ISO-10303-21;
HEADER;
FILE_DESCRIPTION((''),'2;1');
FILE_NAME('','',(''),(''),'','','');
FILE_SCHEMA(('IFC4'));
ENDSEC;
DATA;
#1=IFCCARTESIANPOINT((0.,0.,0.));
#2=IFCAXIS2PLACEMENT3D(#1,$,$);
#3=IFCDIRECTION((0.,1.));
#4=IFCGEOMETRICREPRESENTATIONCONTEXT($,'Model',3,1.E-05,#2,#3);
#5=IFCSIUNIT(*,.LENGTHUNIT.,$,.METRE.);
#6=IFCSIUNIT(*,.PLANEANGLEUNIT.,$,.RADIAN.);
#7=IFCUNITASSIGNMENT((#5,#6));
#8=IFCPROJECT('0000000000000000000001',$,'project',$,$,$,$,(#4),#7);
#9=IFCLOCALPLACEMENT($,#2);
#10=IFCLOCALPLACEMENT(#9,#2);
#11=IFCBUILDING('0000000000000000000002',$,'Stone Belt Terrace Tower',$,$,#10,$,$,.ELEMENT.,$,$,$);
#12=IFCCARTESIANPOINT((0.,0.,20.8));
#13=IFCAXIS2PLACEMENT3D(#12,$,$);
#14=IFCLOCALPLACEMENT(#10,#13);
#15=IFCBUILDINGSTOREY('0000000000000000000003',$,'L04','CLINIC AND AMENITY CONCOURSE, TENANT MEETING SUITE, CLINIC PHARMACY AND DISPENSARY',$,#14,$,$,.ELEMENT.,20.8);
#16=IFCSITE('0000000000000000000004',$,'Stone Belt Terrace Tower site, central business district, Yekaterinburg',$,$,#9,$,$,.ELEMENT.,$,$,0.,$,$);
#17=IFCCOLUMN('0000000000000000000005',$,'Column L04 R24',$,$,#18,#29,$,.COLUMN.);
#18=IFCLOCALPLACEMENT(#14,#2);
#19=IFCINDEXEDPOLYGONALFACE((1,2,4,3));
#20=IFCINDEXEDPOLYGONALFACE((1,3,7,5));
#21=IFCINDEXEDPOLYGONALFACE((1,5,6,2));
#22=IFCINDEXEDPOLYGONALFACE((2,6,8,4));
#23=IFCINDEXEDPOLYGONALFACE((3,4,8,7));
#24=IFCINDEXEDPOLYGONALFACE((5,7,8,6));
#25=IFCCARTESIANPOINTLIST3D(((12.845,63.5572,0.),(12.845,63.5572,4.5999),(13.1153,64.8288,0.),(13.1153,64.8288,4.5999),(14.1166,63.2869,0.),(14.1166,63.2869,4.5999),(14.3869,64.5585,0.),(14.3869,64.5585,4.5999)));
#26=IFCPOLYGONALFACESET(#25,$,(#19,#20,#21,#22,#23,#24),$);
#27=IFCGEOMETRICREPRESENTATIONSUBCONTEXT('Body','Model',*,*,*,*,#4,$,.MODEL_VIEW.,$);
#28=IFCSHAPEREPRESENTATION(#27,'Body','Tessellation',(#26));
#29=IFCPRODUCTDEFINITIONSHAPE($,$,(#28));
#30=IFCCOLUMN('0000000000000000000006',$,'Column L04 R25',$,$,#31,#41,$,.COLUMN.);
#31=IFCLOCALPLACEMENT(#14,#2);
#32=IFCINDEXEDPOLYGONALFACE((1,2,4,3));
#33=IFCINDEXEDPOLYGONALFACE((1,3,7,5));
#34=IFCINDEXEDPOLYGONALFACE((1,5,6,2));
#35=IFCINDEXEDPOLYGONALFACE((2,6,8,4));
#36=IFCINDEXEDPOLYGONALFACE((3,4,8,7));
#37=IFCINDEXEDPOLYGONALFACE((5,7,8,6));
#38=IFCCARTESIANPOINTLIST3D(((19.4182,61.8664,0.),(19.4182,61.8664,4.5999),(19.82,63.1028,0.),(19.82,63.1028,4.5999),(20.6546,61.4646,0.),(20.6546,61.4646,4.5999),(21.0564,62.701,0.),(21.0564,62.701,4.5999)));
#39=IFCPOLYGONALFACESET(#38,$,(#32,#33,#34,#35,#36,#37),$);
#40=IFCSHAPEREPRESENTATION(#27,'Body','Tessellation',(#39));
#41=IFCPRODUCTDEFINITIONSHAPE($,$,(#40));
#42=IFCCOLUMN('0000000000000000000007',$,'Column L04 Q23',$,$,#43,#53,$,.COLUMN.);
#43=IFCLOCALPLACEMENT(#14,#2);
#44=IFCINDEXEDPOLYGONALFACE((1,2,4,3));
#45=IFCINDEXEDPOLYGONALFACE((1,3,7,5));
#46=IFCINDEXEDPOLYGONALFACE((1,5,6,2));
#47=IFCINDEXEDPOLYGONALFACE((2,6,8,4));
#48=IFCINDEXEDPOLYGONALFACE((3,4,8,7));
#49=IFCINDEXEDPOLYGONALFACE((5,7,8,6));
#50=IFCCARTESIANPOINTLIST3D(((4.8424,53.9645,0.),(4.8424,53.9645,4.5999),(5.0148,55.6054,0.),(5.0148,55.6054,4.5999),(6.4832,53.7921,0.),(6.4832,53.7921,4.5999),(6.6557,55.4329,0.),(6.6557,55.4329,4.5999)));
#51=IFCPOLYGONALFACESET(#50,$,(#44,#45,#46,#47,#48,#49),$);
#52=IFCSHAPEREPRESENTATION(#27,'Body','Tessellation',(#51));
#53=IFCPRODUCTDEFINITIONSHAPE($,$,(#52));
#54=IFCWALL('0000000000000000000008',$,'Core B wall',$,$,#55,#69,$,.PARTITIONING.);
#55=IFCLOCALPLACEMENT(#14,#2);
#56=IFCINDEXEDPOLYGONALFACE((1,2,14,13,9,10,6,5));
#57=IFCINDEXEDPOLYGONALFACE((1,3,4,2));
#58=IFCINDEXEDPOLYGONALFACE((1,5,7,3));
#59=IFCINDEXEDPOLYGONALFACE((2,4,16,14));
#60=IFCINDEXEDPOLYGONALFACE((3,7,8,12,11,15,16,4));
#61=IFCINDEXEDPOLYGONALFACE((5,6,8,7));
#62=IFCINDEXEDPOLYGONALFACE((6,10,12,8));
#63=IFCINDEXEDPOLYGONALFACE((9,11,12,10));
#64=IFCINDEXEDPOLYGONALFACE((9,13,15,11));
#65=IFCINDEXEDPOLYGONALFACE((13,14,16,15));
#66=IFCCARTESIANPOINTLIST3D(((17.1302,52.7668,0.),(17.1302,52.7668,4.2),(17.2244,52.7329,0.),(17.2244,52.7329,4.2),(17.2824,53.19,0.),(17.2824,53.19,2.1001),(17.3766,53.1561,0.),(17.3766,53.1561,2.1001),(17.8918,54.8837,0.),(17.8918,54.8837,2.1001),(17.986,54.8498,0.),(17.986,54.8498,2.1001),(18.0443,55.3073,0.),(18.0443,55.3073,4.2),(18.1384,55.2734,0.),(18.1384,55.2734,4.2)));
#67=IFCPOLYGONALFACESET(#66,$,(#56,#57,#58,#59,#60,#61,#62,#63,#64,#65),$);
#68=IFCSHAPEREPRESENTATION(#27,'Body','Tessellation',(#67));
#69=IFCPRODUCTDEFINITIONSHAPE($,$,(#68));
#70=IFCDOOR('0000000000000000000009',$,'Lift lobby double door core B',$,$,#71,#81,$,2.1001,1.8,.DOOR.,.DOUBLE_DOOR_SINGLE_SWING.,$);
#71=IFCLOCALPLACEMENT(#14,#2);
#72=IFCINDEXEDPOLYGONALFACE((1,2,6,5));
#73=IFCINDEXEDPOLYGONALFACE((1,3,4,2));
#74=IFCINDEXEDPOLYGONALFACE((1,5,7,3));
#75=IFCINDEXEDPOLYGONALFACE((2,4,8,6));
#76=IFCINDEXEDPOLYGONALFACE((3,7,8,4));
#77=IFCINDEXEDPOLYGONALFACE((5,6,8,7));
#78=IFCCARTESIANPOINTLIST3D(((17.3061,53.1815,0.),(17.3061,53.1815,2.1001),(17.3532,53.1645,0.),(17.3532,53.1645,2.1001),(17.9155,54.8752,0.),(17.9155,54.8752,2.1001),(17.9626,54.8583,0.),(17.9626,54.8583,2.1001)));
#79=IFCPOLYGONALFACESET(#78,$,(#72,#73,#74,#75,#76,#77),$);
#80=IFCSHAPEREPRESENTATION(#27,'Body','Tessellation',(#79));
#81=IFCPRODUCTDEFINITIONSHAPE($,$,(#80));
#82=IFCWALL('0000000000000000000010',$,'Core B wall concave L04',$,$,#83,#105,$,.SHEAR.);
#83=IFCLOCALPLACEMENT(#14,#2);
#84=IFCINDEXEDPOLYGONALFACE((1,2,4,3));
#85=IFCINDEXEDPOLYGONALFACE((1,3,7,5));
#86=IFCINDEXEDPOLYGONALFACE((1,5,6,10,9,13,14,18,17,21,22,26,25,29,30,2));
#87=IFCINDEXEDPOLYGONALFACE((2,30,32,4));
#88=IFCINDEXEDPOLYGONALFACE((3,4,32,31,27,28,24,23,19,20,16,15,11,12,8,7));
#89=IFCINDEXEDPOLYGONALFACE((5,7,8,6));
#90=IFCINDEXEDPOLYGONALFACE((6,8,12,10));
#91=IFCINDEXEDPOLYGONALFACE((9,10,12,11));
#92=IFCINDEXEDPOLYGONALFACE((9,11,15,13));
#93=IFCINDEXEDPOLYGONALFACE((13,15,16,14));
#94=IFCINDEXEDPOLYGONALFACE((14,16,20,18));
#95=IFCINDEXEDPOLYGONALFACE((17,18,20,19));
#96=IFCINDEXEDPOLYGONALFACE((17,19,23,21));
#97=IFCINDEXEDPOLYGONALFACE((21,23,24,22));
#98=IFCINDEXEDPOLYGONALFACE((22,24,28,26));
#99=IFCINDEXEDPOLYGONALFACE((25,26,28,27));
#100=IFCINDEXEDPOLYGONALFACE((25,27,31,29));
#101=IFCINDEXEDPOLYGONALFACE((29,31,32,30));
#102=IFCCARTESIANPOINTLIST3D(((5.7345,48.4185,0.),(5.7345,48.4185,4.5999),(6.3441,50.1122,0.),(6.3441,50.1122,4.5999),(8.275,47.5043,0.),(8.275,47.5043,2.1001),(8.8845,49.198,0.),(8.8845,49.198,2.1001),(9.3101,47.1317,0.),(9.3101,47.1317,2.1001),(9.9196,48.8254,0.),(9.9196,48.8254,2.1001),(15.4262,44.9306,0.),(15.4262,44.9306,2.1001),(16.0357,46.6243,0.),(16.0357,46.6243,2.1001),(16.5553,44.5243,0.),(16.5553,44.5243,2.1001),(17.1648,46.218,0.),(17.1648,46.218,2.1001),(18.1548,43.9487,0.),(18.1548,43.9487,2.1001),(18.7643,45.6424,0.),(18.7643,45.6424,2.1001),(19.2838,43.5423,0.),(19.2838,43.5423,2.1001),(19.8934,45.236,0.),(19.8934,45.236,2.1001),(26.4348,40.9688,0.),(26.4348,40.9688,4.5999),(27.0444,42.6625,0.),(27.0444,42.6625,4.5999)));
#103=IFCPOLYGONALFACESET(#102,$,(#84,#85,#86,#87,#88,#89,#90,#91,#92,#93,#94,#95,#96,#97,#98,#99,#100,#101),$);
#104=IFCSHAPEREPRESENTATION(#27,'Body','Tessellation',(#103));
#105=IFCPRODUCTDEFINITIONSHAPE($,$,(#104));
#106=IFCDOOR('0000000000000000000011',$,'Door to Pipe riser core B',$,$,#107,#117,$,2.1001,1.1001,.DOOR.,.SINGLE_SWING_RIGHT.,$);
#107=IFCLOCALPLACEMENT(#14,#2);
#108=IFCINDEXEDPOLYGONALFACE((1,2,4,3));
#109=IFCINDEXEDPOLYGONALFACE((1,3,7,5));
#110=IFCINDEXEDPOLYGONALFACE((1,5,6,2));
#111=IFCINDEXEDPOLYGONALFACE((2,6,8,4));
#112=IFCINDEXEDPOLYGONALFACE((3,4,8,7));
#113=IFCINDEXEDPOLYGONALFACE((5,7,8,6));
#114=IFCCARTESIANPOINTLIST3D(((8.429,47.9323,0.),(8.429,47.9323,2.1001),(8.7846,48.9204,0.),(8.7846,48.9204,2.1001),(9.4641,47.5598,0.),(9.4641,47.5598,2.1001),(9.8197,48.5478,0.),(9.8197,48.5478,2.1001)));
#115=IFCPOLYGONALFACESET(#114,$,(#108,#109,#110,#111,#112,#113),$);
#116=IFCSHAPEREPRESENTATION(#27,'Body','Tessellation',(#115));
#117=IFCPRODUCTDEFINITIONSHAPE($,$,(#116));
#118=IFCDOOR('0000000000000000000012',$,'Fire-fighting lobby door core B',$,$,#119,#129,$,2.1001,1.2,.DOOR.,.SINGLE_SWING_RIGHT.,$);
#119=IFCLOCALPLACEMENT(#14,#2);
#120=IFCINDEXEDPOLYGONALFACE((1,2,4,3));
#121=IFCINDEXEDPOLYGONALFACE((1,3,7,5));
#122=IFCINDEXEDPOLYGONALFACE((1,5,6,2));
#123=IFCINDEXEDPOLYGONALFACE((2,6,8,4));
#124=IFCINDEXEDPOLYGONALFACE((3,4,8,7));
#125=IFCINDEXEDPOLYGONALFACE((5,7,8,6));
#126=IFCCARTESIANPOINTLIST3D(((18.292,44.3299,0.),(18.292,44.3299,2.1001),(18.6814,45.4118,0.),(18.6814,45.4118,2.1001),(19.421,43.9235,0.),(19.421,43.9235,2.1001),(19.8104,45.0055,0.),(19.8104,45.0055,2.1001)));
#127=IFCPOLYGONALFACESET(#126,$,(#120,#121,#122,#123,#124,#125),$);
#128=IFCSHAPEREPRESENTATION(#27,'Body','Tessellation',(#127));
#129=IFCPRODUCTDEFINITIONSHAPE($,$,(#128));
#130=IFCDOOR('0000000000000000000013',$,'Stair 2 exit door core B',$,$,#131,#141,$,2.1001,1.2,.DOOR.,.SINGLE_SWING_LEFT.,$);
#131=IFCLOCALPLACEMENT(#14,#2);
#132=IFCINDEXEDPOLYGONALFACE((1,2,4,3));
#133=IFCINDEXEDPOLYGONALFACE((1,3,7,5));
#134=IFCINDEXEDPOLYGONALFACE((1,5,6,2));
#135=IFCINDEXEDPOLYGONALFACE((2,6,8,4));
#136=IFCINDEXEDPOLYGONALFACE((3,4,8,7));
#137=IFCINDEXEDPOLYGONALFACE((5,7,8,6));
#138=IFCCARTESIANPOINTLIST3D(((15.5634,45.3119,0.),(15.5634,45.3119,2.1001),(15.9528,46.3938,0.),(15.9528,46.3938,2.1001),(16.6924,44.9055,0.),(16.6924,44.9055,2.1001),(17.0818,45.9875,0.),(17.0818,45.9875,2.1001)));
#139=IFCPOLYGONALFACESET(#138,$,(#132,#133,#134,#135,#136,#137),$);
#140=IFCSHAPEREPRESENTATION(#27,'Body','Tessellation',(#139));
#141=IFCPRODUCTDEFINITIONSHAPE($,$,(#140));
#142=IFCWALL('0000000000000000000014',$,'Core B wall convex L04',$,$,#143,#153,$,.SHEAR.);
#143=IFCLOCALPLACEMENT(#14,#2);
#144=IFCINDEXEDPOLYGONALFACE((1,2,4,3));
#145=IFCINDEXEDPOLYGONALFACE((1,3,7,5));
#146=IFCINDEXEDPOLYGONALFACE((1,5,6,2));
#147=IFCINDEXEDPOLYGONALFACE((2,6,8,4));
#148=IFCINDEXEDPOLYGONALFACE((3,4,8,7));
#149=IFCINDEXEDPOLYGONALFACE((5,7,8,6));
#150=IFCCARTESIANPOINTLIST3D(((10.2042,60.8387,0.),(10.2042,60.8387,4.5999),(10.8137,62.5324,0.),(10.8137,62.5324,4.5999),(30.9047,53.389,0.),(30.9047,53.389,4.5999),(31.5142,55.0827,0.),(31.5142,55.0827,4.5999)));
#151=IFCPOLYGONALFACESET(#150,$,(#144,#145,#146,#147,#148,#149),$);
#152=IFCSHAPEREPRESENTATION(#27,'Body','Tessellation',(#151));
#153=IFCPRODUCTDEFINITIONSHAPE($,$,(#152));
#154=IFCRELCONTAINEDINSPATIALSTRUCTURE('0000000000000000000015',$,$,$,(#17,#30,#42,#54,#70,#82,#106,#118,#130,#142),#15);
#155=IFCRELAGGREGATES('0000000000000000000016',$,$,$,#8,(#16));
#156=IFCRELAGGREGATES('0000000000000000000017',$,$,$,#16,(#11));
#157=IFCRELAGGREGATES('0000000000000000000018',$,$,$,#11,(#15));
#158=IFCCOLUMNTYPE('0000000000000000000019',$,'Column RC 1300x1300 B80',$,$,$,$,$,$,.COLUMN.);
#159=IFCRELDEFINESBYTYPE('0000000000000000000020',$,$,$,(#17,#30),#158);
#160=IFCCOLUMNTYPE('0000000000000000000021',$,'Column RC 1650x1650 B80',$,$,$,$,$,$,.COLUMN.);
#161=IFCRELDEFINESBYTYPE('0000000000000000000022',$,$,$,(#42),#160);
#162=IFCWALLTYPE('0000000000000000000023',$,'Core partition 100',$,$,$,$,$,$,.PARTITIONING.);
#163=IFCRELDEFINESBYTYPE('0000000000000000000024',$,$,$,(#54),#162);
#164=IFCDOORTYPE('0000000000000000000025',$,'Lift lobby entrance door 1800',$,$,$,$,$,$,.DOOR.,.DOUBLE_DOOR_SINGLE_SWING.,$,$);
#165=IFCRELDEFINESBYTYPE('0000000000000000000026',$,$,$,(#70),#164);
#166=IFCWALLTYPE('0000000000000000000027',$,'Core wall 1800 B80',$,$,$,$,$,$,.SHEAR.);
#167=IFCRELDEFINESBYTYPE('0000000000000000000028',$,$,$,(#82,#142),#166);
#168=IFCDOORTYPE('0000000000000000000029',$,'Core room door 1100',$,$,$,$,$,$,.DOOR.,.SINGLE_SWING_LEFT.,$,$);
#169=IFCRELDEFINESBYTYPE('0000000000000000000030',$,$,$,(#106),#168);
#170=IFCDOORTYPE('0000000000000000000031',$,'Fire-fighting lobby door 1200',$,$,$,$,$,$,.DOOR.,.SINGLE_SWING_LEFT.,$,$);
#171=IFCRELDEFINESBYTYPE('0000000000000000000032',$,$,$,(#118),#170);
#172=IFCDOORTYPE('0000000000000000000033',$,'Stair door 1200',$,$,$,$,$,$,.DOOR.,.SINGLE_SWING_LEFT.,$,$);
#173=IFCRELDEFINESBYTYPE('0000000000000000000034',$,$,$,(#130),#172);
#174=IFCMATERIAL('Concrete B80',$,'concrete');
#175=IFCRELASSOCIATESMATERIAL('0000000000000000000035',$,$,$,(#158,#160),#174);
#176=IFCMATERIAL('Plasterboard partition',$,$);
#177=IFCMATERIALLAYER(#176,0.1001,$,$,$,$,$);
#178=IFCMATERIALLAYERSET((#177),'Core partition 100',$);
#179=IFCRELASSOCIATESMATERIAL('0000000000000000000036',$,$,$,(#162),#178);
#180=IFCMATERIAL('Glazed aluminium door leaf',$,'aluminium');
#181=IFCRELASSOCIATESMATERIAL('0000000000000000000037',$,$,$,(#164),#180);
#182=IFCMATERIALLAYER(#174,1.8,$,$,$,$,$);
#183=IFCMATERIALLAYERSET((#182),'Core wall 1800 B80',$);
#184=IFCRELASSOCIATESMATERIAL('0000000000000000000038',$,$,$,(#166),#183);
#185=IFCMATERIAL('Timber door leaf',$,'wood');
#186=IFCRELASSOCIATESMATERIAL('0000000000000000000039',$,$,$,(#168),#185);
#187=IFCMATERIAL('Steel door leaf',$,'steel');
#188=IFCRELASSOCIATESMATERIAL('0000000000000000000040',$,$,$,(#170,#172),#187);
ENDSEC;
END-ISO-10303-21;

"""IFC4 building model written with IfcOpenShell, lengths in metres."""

from ifc_helpers import new_model, si_unit, direction, frame, frame_2d, origin, origin_2d, place, context, subcontext, project, spatial, rectangle, extrude, material, layer, layer_set, material_profile, profile_set, type_object, element, fill, save


model = new_model("IFC4")

# Units and contexts
model_context = context("Model", 3, precision=1e-05, world=origin(), true_north=direction((0.0, 1.0)))
body_context = subcontext(model_context, "Body", "Model", "MODEL_VIEW")
ifc_project = project(units=[si_unit("LENGTHUNIT", "METRE"), si_unit("PLANEANGLEUNIT", "RADIAN")], contexts=[model_context])

# Site, building, storey
site_placement = place(None, origin())
site = spatial("IfcSite", under=ifc_project, at=site_placement, Name="Stone Belt Terrace Tower site, central business district, Yekaterinburg", CompositionType="ELEMENT", RefElevation=0.0)
building_placement = place(site_placement, origin())
building = spatial("IfcBuilding", under=site, at=building_placement, Name="Stone Belt Terrace Tower", CompositionType="ELEMENT")
storey_placement = place(building_placement, frame((0.0, 0.0, 20.8)))
storey = spatial("IfcBuildingStorey", under=building, at=storey_placement, Name="L04", Description="CLINIC AND AMENITY CONCOURSE, TENANT MEETING SUITE, CLINIC PHARMACY AND DISPENSARY", CompositionType="ELEMENT", Elevation=20.8)

# Columns
ifc_material_1 = material(Name="Concrete B80", Category="concrete")
ifc_material_profile_1 = material_profile(ifc_material_1, rectangle(XDim=1.3, YDim=1.3, at=origin_2d()), Name="RC 1300x1300")
ifc_profile_set_1 = profile_set([ifc_material_profile_1], Name="Concrete B80")
column_type_1 = type_object("IfcColumnType", Name="Column RC 1300x1300 B80", PredefinedType="COLUMN", material=ifc_profile_set_1)
for number, where, z_axis, x_axis, name in (
    (1, (13.616, 64.0579, 0.0), (0.0, 0.0, 1.0), (0.978148, -0.207912, 0.0), "Column L04 R24"),
    (2, (20.2373, 62.2837, 0.0), (0.0, 0.0, 1.0), (0.951057, -0.309017, 0.0), "Column L04 R25"),
):
    element("IfcColumn", number, at=place(storey_placement, frame(where, z_axis=z_axis, x_axis=x_axis)), inside=storey, type_object=column_type_1, Name=name, PredefinedType="COLUMN", context=body_context, shape_type="SweptSolid", body=[
        extrude(rectangle(XDim=1.3, YDim=1.3, at=origin_2d()), origin(), (0.0, 0.0, 1.0), 4.5999),
    ])
ifc_material_profile_2 = material_profile(ifc_material_1, rectangle(XDim=1.6499, YDim=1.6499, at=origin_2d()), Name="RC 1650x1650")
ifc_profile_set_2 = profile_set([ifc_material_profile_2], Name="Concrete B80")
column_type_2 = type_object("IfcColumnType", Name="Column RC 1650x1650 B80", PredefinedType="COLUMN", material=ifc_profile_set_2)
column_placement = place(storey_placement, frame((5.749, 54.6987, 0.0), z_axis=(0.0, 0.0, 1.0), x_axis=(0.994522, -0.104528, 0.0)))
element("IfcColumn", 3, at=column_placement, inside=storey, type_object=column_type_2, Name="Column L04 Q23", PredefinedType="COLUMN", context=body_context, shape_type="SweptSolid", body=[
    extrude(rectangle(XDim=1.6499, YDim=1.6499, at=origin_2d()), origin(), (0.0, 0.0, 1.0), 4.5999),
])

# Wall, opening, door
ifc_material_2 = material(Name="Plasterboard partition")
ifc_layer_1 = layer(ifc_material_2, 0.1001)
ifc_layer_set_1 = layer_set([ifc_layer_1], Name="Core partition 100")
wall_type_1 = type_object("IfcWallType", Name="Core partition 100", PredefinedType="PARTITIONING", material=ifc_layer_set_1)
wall_1_placement = place(storey_placement, frame((17.1772, 52.7498, 0.0), z_axis=(0.0, 0.0, 1.0), x_axis=(0.338547, 0.94095, 0.0)))
wall_1 = element("IfcWall", 4, at=wall_1_placement, inside=storey, type_object=wall_type_1, Name="Core B wall", PredefinedType="PARTITIONING", context=body_context, shape_type="SweptSolid", body=[
    extrude(rectangle(XDim=2.7, YDim=0.1001, at=frame_2d((1.3501, 0.0))), origin(), (0.0, 0.0, 1.0), 4.2),
])
opening_1_placement = place(wall_1_placement, frame((0.45, 0.0, 0.0)))
opening_1 = element("IfcOpeningElement", 5, at=opening_1_placement, cuts=wall_1, PredefinedType="OPENING", context=body_context, shape_type="SweptSolid", body=[
    extrude(rectangle(XDim=1.8, YDim=2.1001, at=frame_2d((0.8999, 1.05))), frame((0.0, 0.0601, 0.0), z_axis=(0.0, -1.0, 0.0), x_axis=(1.0, 0.0, 0.0)), (0.0, 0.0, 1.0), 0.1201),
])
ifc_material_3 = material(Name="Glazed aluminium door leaf", Category="aluminium")
door_type_1 = type_object("IfcDoorType", Name="Lift lobby entrance door 1800", OperationType="DOUBLE_DOOR_SINGLE_SWING", PredefinedType="DOOR", material=ifc_material_3)
door_1_placement = place(opening_1_placement, origin())
door_1 = element("IfcDoor", 6, at=door_1_placement, inside=storey, type_object=door_type_1, Name="Lift lobby double door core B", OperationType="DOUBLE_DOOR_SINGLE_SWING", OverallHeight=2.1001, OverallWidth=1.8, PredefinedType="DOOR", context=body_context, shape_type="SweptSolid", body=[
    extrude(rectangle(XDim=1.8, YDim=2.1001, at=frame_2d((0.8999, 1.05))), frame((0.0, 0.0249, 0.0), z_axis=(0.0, -1.0, 0.0), x_axis=(1.0, 0.0, 0.0)), (0.0, 0.0, 1.0), 0.05),
])
fill(opening_1, door_1)

# Wall, openings, doors
ifc_layer_2 = layer(ifc_material_1, 1.8)
ifc_layer_set_2 = layer_set([ifc_layer_2], Name="Core wall 1800 B80")
wall_type_2 = type_object("IfcWallType", Name="Core wall 1800 B80", PredefinedType="SHEAR", material=ifc_layer_set_2)
wall_2_placement = place(storey_placement, frame((6.0393, 49.2654, 0.0), z_axis=(0.0, 0.0, 1.0), x_axis=(0.940922, -0.338624, 0.0)))
wall_2 = element("IfcWall", 7, at=wall_2_placement, inside=storey, type_object=wall_type_2, Name="Core B wall concave L04", PredefinedType="SHEAR", context=body_context, shape_type="SweptSolid", body=[
    extrude(rectangle(XDim=22.0, YDim=1.8, at=frame_2d((11.0, 0.0))), origin(), (0.0, 0.0, 1.0), 4.5999),
])
opening_2_placement = place(wall_2_placement, frame((13.2, 0.0, 0.0)))
opening_2 = element("IfcOpeningElement", 8, at=opening_2_placement, cuts=wall_2, PredefinedType="OPENING", context=body_context, shape_type="SweptSolid", body=[
    extrude(rectangle(XDim=1.2, YDim=2.1001, at=frame_2d((0.6001, 1.05))), frame((0.0, 0.9099, 0.0), z_axis=(0.0, -1.0, 0.0), x_axis=(1.0, 0.0, 0.0)), (0.0, 0.0, 1.0), 1.8201),
])
opening_3_placement = place(wall_2_placement, frame((10.3, 0.0, 0.0)))
opening_3 = element("IfcOpeningElement", 9, at=opening_3_placement, cuts=wall_2, PredefinedType="OPENING", context=body_context, shape_type="SweptSolid", body=[
    extrude(rectangle(XDim=1.2, YDim=2.1001, at=frame_2d((0.6001, 1.05))), frame((0.0, 0.9099, 0.0), z_axis=(0.0, -1.0, 0.0), x_axis=(1.0, 0.0, 0.0)), (0.0, 0.0, 1.0), 1.8201),
])
opening_4_placement = place(wall_2_placement, frame((2.7, 0.0, 0.0)))
opening_4 = element("IfcOpeningElement", 10, at=opening_4_placement, cuts=wall_2, PredefinedType="OPENING", context=body_context, shape_type="SweptSolid", body=[
    extrude(rectangle(XDim=1.1001, YDim=2.1001, at=frame_2d((0.55, 1.05))), frame((0.0, 0.9099, 0.0), z_axis=(0.0, -1.0, 0.0), x_axis=(1.0, 0.0, 0.0)), (0.0, 0.0, 1.0), 1.8201),
])
ifc_material_4 = material(Name="Timber door leaf", Category="wood")
door_type_2 = type_object("IfcDoorType", Name="Core room door 1100", OperationType="SINGLE_SWING_LEFT", PredefinedType="DOOR", material=ifc_material_4)
door_2_placement = place(opening_4_placement, origin())
door_2 = element("IfcDoor", 11, at=door_2_placement, inside=storey, type_object=door_type_2, Name="Door to Pipe riser core B", OperationType="SINGLE_SWING_RIGHT", OverallHeight=2.1001, OverallWidth=1.1001, PredefinedType="DOOR", context=body_context, shape_type="SweptSolid", body=[
    extrude(rectangle(XDim=1.1001, YDim=2.1001, at=frame_2d((0.55, 1.05))), frame((0.0, 0.605, 0.0), z_axis=(0.0, -1.0, 0.0), x_axis=(1.0, 0.0, 0.0)), (0.0, 0.0, 1.0), 1.05),
])
fill(opening_4, door_2)
ifc_material_5 = material(Name="Steel door leaf", Category="steel")
door_type_3 = type_object("IfcDoorType", Name="Fire-fighting lobby door 1200", OperationType="SINGLE_SWING_LEFT", PredefinedType="DOOR", material=ifc_material_5)
door_3_placement = place(opening_2_placement, origin())
door_3 = element("IfcDoor", 12, at=door_3_placement, inside=storey, type_object=door_type_3, Name="Fire-fighting lobby door core B", OperationType="SINGLE_SWING_RIGHT", OverallHeight=2.1001, OverallWidth=1.2, PredefinedType="DOOR", context=body_context, shape_type="SweptSolid", body=[
    extrude(rectangle(XDim=1.2, YDim=2.1001, at=frame_2d((0.6001, 1.05))), frame((0.0, 0.655, 0.0), z_axis=(0.0, -1.0, 0.0), x_axis=(1.0, 0.0, 0.0)), (0.0, 0.0, 1.0), 1.1499),
])
fill(opening_2, door_3)
door_type_4 = type_object("IfcDoorType", Name="Stair door 1200", OperationType="SINGLE_SWING_LEFT", PredefinedType="DOOR", material=ifc_material_5)
door_4_placement = place(opening_3_placement, origin())
door_4 = element("IfcDoor", 13, at=door_4_placement, inside=storey, type_object=door_type_4, Name="Stair 2 exit door core B", OperationType="SINGLE_SWING_LEFT", OverallHeight=2.1001, OverallWidth=1.2, PredefinedType="DOOR", context=body_context, shape_type="SweptSolid", body=[
    extrude(rectangle(XDim=1.2, YDim=2.1001, at=frame_2d((0.6001, 1.05))), frame((0.0, 0.655, 0.0), z_axis=(0.0, -1.0, 0.0), x_axis=(1.0, 0.0, 0.0)), (0.0, 0.0, 1.0), 1.1499),
])
fill(opening_3, door_4)

# Wall
wall_3_placement = place(storey_placement, frame((10.509, 61.6855, 0.0), z_axis=(0.0, 0.0, 1.0), x_axis=(0.940923, -0.338621, 0.0)))
element("IfcWall", 14, at=wall_3_placement, inside=storey, type_object=wall_type_2, Name="Core B wall convex L04", PredefinedType="SHEAR", context=body_context, shape_type="SweptSolid", body=[
    extrude(rectangle(XDim=22.0002, YDim=1.8, at=frame_2d((11.0, 0.0))), origin(), (0.0, 0.0, 1.0), 4.5999),
])

save(model, "model.ifc")
